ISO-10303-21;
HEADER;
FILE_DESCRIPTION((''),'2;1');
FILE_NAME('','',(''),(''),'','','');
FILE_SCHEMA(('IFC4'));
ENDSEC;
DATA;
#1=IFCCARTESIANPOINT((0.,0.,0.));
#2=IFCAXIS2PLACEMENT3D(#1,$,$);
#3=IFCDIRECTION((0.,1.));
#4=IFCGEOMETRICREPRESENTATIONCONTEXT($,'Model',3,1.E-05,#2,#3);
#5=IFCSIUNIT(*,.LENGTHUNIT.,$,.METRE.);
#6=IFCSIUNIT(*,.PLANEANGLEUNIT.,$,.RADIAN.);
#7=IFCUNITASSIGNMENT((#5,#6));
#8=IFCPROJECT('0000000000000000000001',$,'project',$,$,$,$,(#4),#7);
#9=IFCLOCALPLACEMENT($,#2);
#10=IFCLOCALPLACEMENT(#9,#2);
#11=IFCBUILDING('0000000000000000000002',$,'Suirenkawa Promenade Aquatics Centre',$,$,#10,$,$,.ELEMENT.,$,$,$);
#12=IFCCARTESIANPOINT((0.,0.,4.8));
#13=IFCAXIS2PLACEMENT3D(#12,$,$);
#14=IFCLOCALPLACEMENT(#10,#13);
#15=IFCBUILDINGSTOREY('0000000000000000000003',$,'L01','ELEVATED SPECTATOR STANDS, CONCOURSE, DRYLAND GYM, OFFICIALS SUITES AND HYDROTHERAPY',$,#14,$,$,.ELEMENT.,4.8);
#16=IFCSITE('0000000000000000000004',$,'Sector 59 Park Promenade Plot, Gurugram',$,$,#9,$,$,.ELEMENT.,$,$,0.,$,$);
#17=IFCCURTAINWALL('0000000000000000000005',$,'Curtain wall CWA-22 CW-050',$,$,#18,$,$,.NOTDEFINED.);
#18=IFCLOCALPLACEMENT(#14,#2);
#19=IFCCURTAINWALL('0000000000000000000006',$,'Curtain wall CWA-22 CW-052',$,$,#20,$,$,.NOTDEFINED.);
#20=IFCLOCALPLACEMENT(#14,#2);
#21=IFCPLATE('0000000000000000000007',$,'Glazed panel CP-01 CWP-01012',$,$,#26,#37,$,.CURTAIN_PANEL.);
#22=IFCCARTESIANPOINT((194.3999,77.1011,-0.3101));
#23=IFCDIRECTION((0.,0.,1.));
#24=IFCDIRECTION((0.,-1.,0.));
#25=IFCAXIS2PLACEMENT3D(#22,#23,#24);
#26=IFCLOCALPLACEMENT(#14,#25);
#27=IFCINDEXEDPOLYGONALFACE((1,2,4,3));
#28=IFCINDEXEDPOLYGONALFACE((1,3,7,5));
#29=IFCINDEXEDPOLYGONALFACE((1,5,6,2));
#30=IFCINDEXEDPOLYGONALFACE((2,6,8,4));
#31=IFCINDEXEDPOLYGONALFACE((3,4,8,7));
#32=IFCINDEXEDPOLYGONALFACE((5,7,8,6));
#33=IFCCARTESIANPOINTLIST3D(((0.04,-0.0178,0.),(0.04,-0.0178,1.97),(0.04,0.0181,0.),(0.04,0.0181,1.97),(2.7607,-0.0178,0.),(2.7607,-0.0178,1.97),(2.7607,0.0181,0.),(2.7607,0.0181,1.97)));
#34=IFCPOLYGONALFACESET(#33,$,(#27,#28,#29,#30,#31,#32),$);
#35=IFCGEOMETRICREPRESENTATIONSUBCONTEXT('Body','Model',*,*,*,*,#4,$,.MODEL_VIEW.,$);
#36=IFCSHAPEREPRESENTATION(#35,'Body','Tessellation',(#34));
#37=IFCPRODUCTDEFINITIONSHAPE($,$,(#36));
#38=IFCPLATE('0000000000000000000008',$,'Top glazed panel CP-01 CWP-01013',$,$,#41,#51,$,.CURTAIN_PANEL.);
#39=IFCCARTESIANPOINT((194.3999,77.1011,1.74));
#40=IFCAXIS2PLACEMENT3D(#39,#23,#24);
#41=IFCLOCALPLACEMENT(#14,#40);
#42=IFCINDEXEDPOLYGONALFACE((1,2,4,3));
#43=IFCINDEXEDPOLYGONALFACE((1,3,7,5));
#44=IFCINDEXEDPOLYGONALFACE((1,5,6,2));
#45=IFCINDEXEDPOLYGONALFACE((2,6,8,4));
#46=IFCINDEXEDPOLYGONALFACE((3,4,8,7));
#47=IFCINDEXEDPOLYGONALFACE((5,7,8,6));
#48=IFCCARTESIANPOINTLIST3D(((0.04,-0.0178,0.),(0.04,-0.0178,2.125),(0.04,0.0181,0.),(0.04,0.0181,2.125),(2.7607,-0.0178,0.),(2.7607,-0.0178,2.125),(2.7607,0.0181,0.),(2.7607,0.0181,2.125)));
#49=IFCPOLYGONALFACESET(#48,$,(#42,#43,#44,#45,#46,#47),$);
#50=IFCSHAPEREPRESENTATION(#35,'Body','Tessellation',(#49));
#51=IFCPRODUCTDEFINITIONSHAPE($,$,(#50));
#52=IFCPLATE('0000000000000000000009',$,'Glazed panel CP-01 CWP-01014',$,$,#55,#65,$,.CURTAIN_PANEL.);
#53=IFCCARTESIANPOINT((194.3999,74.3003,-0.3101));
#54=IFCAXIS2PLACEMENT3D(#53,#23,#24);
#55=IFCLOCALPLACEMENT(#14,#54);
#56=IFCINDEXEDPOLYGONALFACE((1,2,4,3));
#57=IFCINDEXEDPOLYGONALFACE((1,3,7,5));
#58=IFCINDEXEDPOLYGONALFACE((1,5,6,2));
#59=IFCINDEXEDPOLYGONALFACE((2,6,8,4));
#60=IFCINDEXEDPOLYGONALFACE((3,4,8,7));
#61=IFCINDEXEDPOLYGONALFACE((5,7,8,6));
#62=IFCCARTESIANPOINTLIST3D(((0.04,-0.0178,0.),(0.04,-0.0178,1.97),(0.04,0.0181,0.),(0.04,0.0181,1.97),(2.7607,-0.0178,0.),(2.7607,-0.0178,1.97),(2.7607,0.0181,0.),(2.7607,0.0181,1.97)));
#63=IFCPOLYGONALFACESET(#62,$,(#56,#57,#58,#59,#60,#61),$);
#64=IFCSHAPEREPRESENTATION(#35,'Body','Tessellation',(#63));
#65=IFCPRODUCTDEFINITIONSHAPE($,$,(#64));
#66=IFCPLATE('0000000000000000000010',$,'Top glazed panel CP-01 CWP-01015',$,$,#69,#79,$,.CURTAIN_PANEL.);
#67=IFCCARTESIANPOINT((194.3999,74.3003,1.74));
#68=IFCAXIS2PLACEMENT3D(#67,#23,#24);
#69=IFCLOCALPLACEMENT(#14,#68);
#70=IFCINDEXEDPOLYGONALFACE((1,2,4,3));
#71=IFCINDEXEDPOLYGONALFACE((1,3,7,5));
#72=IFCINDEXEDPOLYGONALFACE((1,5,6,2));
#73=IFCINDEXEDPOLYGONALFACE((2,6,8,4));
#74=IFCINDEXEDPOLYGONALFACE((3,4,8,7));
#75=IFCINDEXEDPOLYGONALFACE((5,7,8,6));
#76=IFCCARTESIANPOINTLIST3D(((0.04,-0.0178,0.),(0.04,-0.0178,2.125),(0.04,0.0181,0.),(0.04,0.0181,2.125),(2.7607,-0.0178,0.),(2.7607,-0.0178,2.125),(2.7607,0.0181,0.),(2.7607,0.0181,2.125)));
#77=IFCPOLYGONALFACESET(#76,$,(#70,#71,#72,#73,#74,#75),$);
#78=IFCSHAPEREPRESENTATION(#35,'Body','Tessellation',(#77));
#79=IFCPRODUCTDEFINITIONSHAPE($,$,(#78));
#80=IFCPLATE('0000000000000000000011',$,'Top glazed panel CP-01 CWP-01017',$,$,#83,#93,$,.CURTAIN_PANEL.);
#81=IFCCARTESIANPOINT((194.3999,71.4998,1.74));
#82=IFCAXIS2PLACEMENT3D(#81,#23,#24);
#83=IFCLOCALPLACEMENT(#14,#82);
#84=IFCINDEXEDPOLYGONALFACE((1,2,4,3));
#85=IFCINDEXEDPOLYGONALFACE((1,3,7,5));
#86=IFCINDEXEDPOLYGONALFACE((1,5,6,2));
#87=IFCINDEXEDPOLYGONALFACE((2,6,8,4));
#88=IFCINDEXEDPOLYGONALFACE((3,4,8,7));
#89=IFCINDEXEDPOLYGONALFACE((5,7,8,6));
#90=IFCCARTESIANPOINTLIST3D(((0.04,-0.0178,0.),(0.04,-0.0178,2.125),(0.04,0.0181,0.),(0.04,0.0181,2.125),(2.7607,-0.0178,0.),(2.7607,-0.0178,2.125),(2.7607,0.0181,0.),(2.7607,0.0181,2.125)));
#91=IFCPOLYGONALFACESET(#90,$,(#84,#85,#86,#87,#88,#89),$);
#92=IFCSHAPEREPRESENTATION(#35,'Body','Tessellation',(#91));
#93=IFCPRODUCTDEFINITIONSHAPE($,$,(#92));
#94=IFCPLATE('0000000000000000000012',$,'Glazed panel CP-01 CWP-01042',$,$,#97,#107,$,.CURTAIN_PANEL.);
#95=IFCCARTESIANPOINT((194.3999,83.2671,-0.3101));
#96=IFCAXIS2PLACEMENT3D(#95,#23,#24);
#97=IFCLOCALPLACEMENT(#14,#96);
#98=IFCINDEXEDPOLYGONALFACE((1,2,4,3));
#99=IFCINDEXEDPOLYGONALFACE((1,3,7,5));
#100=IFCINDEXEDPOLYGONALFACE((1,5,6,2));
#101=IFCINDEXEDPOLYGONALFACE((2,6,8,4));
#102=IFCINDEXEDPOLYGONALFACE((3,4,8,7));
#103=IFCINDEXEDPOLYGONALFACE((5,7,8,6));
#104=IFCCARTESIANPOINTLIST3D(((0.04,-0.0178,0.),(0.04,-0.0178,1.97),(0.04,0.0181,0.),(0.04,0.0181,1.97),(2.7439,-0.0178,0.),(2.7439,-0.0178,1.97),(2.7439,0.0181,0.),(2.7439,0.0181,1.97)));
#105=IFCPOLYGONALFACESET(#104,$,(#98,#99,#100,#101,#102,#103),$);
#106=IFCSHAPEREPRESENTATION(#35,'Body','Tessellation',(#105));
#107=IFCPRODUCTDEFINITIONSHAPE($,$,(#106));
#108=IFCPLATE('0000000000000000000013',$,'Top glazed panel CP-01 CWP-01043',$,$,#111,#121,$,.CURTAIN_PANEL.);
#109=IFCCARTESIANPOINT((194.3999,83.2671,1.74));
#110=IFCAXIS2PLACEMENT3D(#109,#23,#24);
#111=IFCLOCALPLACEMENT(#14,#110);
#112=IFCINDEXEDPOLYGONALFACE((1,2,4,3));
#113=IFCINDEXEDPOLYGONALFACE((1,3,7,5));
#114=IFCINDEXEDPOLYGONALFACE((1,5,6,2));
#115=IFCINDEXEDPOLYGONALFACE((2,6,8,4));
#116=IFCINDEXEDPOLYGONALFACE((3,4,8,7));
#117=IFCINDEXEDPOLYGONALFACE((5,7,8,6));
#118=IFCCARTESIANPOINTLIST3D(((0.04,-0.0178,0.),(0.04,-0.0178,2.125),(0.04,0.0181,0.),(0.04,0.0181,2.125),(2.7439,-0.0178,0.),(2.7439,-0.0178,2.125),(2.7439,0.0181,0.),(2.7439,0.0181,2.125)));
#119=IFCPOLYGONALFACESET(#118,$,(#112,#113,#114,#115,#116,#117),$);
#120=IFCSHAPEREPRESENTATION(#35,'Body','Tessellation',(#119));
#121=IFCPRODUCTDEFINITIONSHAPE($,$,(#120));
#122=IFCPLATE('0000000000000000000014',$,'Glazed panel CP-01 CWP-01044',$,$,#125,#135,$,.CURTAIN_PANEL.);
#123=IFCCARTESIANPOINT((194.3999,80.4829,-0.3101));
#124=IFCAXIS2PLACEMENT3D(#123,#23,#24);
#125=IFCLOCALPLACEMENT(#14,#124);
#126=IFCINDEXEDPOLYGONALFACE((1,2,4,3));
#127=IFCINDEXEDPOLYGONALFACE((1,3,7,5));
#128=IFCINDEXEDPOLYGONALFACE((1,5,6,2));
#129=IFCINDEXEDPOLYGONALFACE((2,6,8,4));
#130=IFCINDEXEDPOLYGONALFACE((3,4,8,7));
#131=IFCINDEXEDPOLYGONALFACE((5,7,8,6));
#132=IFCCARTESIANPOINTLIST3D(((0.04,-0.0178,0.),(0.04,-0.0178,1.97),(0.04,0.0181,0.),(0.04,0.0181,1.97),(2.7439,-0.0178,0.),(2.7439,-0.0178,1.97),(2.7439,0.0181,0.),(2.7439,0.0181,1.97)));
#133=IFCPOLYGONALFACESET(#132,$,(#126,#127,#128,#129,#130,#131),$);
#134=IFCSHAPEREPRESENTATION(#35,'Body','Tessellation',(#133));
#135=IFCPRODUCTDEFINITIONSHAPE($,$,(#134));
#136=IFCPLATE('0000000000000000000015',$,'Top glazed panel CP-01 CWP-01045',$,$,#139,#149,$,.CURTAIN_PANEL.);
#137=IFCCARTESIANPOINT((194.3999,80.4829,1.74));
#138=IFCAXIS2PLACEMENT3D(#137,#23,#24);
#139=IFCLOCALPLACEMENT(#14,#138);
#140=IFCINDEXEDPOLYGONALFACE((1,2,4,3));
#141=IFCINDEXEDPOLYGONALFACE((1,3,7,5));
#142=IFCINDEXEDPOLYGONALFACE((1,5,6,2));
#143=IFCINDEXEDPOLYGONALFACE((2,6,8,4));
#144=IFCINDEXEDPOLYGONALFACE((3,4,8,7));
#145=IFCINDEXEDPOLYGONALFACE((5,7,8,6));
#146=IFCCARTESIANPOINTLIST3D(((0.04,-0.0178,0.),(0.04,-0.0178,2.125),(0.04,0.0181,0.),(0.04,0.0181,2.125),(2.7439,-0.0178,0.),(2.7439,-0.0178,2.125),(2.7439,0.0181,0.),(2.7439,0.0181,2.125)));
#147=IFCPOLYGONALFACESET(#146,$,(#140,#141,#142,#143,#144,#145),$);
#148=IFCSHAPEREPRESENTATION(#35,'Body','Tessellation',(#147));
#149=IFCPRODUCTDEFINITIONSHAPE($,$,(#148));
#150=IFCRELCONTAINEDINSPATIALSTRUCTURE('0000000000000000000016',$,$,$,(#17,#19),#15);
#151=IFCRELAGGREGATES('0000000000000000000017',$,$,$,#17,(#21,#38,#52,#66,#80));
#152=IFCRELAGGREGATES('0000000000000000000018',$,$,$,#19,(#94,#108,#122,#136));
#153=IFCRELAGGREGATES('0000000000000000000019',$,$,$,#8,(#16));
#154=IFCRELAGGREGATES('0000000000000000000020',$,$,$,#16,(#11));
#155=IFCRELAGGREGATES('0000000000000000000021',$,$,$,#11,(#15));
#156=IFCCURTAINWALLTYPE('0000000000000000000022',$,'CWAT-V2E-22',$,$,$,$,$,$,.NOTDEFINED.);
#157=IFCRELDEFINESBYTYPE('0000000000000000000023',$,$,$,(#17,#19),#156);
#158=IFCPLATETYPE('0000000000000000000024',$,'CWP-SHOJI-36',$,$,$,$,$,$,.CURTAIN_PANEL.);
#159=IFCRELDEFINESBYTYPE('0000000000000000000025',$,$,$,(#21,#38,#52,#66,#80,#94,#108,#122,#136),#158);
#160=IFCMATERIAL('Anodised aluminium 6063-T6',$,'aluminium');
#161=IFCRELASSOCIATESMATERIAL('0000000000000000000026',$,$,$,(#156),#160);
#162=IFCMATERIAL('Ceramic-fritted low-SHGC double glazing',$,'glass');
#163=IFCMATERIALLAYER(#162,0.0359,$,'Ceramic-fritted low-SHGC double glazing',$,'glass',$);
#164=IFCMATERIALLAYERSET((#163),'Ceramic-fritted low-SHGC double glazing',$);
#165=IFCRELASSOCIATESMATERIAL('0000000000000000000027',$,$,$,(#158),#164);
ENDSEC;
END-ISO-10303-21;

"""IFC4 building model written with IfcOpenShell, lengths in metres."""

from ifc_helpers import new_model, si_unit, direction, frame, origin, place, context, subcontext, project, spatial, polyline, outline, extrude, material, layer, layer_set, type_object, element, aggregate, save


model = new_model("IFC4")

# Units and contexts
model_context = context("Model", 3, precision=1e-05, world=origin(), true_north=direction((0.0, 1.0)))
body_context = subcontext(model_context, "Body", "Model", "MODEL_VIEW")
ifc_project = project(units=[si_unit("LENGTHUNIT", "METRE"), si_unit("PLANEANGLEUNIT", "RADIAN")], contexts=[model_context])

# Site, building, storey
site_placement = place(None, origin())
site = spatial("IfcSite", under=ifc_project, at=site_placement, Name="Sector 59 Park Promenade Plot, Gurugram", CompositionType="ELEMENT", RefElevation=0.0)
building_placement = place(site_placement, origin())
building = spatial("IfcBuilding", under=site, at=building_placement, Name="Suirenkawa Promenade Aquatics Centre", CompositionType="ELEMENT")
storey_placement = place(building_placement, frame((0.0, 0.0, 4.8)))
storey = spatial("IfcBuildingStorey", under=building, at=storey_placement, Name="L01", Description="ELEVATED SPECTATOR STANDS, CONCOURSE, DRYLAND GYM, OFFICIALS SUITES AND HYDROTHERAPY", CompositionType="ELEMENT", Elevation=4.8)

# Curtain walls
ifc_material_1 = material(Name="Anodised aluminium 6063-T6", Category="aluminium")
curtain_wall_type = type_object("IfcCurtainWallType", Name="CWAT-V2E-22", PredefinedType="NOTDEFINED", material=ifc_material_1)
curtain_wall_1_placement = place(storey_placement, origin())
curtain_wall_1 = element("IfcCurtainWall", 1, at=curtain_wall_1_placement, inside=storey, type_object=curtain_wall_type, Name="Curtain wall CWA-22 CW-050", PredefinedType="NOTDEFINED")
curtain_wall_2_placement = place(storey_placement, origin())
curtain_wall_2 = element("IfcCurtainWall", 2, at=curtain_wall_2_placement, inside=storey, type_object=curtain_wall_type, Name="Curtain wall CWA-22 CW-052", PredefinedType="NOTDEFINED")

# Plates
ifc_material_2 = material(Name="Ceramic-fritted low-SHGC double glazing", Category="glass")
ifc_layer = layer(ifc_material_2, 0.0359, Name="Ceramic-fritted low-SHGC double glazing", Category="glass")
ifc_layer_set = layer_set([ifc_layer], Name="Ceramic-fritted low-SHGC double glazing")
plate_type = type_object("IfcPlateType", Name="CWP-SHOJI-36", PredefinedType="CURTAIN_PANEL", material=ifc_layer_set)
plate_1_placement = place(storey_placement, frame((194.3999, 77.1011, -0.3101), z_axis=(0.0, 0.0, 1.0), x_axis=(0.0, -1.0, 0.0)))
plate_1 = element("IfcPlate", 3, at=plate_1_placement, type_object=plate_type, Name="Glazed panel CP-01 CWP-01012", PredefinedType="CURTAIN_PANEL", context=body_context, shape_type="SweptSolid", body=[
    extrude(outline(polyline([(0.04, 0.0), (2.7607, 0.0), (2.7607, 1.97), (0.04, 1.97), (0.04, 0.0)])), frame((0.0, 0.0181, 0.0), z_axis=(0.0, -1.0, 0.0), x_axis=(1.0, 0.0, 0.0)), (0.0, 0.0, 1.0), 0.0359),
])
plate_2_placement = place(storey_placement, frame((194.3999, 77.1011, 1.74), z_axis=(0.0, 0.0, 1.0), x_axis=(0.0, -1.0, 0.0)))
plate_2 = element("IfcPlate", 4, at=plate_2_placement, type_object=plate_type, Name="Top glazed panel CP-01 CWP-01013", PredefinedType="CURTAIN_PANEL", context=body_context, shape_type="SweptSolid", body=[
    extrude(outline(polyline([(0.04, 0.0), (2.7607, 0.0), (2.7607, 2.125), (0.04, 2.125), (0.04, 0.0)])), frame((0.0, 0.0181, 0.0), z_axis=(0.0, -1.0, 0.0), x_axis=(1.0, 0.0, 0.0)), (0.0, 0.0, 1.0), 0.0359),
])
plate_3_placement = place(storey_placement, frame((194.3999, 74.3003, -0.3101), z_axis=(0.0, 0.0, 1.0), x_axis=(0.0, -1.0, 0.0)))
plate_3 = element("IfcPlate", 5, at=plate_3_placement, type_object=plate_type, Name="Glazed panel CP-01 CWP-01014", PredefinedType="CURTAIN_PANEL", context=body_context, shape_type="SweptSolid", body=[
    extrude(outline(polyline([(0.04, 0.0), (2.7607, 0.0), (2.7607, 1.97), (0.04, 1.97), (0.04, 0.0)])), frame((0.0, 0.0181, 0.0), z_axis=(0.0, -1.0, 0.0), x_axis=(1.0, 0.0, 0.0)), (0.0, 0.0, 1.0), 0.0359),
])
plate_4_placement = place(storey_placement, frame((194.3999, 74.3003, 1.74), z_axis=(0.0, 0.0, 1.0), x_axis=(0.0, -1.0, 0.0)))
plate_4 = element("IfcPlate", 6, at=plate_4_placement, type_object=plate_type, Name="Top glazed panel CP-01 CWP-01015", PredefinedType="CURTAIN_PANEL", context=body_context, shape_type="SweptSolid", body=[
    extrude(outline(polyline([(0.04, 0.0), (2.7607, 0.0), (2.7607, 2.125), (0.04, 2.125), (0.04, 0.0)])), frame((0.0, 0.0181, 0.0), z_axis=(0.0, -1.0, 0.0), x_axis=(1.0, 0.0, 0.0)), (0.0, 0.0, 1.0), 0.0359),
])
plate_5_placement = place(storey_placement, frame((194.3999, 71.4998, 1.74), z_axis=(0.0, 0.0, 1.0), x_axis=(0.0, -1.0, 0.0)))
plate_5 = element("IfcPlate", 7, at=plate_5_placement, type_object=plate_type, Name="Top glazed panel CP-01 CWP-01017", PredefinedType="CURTAIN_PANEL", context=body_context, shape_type="SweptSolid", body=[
    extrude(outline(polyline([(0.04, 0.0), (2.7607, 0.0), (2.7607, 2.125), (0.04, 2.125), (0.04, 0.0)])), frame((0.0, 0.0181, 0.0), z_axis=(0.0, -1.0, 0.0), x_axis=(1.0, 0.0, 0.0)), (0.0, 0.0, 1.0), 0.0359),
])
aggregate(curtain_wall_1, [plate_1, plate_2, plate_3, plate_4, plate_5])
plate_6_placement = place(storey_placement, frame((194.3999, 83.2671, -0.3101), z_axis=(0.0, 0.0, 1.0), x_axis=(0.0, -1.0, 0.0)))
plate_6 = element("IfcPlate", 8, at=plate_6_placement, type_object=plate_type, Name="Glazed panel CP-01 CWP-01042", PredefinedType="CURTAIN_PANEL", context=body_context, shape_type="SweptSolid", body=[
    extrude(outline(polyline([(0.04, 0.0), (2.7439, 0.0), (2.7439, 1.97), (0.04, 1.97), (0.04, 0.0)])), frame((0.0, 0.0181, 0.0), z_axis=(0.0, -1.0, 0.0), x_axis=(1.0, 0.0, 0.0)), (0.0, 0.0, 1.0), 0.0359),
])
plate_7_placement = place(storey_placement, frame((194.3999, 83.2671, 1.74), z_axis=(0.0, 0.0, 1.0), x_axis=(0.0, -1.0, 0.0)))
plate_7 = element("IfcPlate", 9, at=plate_7_placement, type_object=plate_type, Name="Top glazed panel CP-01 CWP-01043", PredefinedType="CURTAIN_PANEL", context=body_context, shape_type="SweptSolid", body=[
    extrude(outline(polyline([(0.04, 0.0), (2.7439, 0.0), (2.7439, 2.125), (0.04, 2.125), (0.04, 0.0)])), frame((0.0, 0.0181, 0.0), z_axis=(0.0, -1.0, 0.0), x_axis=(1.0, 0.0, 0.0)), (0.0, 0.0, 1.0), 0.0359),
])
plate_8_placement = place(storey_placement, frame((194.3999, 80.4829, -0.3101), z_axis=(0.0, 0.0, 1.0), x_axis=(0.0, -1.0, 0.0)))
plate_8 = element("IfcPlate", 10, at=plate_8_placement, type_object=plate_type, Name="Glazed panel CP-01 CWP-01044", PredefinedType="CURTAIN_PANEL", context=body_context, shape_type="SweptSolid", body=[
    extrude(outline(polyline([(0.04, 0.0), (2.7439, 0.0), (2.7439, 1.97), (0.04, 1.97), (0.04, 0.0)])), frame((0.0, 0.0181, 0.0), z_axis=(0.0, -1.0, 0.0), x_axis=(1.0, 0.0, 0.0)), (0.0, 0.0, 1.0), 0.0359),
])
plate_9_placement = place(storey_placement, frame((194.3999, 80.4829, 1.74), z_axis=(0.0, 0.0, 1.0), x_axis=(0.0, -1.0, 0.0)))
plate_9 = element("IfcPlate", 11, at=plate_9_placement, type_object=plate_type, Name="Top glazed panel CP-01 CWP-01045", PredefinedType="CURTAIN_PANEL", context=body_context, shape_type="SweptSolid", body=[
    extrude(outline(polyline([(0.04, 0.0), (2.7439, 0.0), (2.7439, 2.125), (0.04, 2.125), (0.04, 0.0)])), frame((0.0, 0.0181, 0.0), z_axis=(0.0, -1.0, 0.0), x_axis=(1.0, 0.0, 0.0)), (0.0, 0.0, 1.0), 0.0359),
])
aggregate(curtain_wall_2, [plate_6, plate_7, plate_8, plate_9])

save(model, "model.ifc")
